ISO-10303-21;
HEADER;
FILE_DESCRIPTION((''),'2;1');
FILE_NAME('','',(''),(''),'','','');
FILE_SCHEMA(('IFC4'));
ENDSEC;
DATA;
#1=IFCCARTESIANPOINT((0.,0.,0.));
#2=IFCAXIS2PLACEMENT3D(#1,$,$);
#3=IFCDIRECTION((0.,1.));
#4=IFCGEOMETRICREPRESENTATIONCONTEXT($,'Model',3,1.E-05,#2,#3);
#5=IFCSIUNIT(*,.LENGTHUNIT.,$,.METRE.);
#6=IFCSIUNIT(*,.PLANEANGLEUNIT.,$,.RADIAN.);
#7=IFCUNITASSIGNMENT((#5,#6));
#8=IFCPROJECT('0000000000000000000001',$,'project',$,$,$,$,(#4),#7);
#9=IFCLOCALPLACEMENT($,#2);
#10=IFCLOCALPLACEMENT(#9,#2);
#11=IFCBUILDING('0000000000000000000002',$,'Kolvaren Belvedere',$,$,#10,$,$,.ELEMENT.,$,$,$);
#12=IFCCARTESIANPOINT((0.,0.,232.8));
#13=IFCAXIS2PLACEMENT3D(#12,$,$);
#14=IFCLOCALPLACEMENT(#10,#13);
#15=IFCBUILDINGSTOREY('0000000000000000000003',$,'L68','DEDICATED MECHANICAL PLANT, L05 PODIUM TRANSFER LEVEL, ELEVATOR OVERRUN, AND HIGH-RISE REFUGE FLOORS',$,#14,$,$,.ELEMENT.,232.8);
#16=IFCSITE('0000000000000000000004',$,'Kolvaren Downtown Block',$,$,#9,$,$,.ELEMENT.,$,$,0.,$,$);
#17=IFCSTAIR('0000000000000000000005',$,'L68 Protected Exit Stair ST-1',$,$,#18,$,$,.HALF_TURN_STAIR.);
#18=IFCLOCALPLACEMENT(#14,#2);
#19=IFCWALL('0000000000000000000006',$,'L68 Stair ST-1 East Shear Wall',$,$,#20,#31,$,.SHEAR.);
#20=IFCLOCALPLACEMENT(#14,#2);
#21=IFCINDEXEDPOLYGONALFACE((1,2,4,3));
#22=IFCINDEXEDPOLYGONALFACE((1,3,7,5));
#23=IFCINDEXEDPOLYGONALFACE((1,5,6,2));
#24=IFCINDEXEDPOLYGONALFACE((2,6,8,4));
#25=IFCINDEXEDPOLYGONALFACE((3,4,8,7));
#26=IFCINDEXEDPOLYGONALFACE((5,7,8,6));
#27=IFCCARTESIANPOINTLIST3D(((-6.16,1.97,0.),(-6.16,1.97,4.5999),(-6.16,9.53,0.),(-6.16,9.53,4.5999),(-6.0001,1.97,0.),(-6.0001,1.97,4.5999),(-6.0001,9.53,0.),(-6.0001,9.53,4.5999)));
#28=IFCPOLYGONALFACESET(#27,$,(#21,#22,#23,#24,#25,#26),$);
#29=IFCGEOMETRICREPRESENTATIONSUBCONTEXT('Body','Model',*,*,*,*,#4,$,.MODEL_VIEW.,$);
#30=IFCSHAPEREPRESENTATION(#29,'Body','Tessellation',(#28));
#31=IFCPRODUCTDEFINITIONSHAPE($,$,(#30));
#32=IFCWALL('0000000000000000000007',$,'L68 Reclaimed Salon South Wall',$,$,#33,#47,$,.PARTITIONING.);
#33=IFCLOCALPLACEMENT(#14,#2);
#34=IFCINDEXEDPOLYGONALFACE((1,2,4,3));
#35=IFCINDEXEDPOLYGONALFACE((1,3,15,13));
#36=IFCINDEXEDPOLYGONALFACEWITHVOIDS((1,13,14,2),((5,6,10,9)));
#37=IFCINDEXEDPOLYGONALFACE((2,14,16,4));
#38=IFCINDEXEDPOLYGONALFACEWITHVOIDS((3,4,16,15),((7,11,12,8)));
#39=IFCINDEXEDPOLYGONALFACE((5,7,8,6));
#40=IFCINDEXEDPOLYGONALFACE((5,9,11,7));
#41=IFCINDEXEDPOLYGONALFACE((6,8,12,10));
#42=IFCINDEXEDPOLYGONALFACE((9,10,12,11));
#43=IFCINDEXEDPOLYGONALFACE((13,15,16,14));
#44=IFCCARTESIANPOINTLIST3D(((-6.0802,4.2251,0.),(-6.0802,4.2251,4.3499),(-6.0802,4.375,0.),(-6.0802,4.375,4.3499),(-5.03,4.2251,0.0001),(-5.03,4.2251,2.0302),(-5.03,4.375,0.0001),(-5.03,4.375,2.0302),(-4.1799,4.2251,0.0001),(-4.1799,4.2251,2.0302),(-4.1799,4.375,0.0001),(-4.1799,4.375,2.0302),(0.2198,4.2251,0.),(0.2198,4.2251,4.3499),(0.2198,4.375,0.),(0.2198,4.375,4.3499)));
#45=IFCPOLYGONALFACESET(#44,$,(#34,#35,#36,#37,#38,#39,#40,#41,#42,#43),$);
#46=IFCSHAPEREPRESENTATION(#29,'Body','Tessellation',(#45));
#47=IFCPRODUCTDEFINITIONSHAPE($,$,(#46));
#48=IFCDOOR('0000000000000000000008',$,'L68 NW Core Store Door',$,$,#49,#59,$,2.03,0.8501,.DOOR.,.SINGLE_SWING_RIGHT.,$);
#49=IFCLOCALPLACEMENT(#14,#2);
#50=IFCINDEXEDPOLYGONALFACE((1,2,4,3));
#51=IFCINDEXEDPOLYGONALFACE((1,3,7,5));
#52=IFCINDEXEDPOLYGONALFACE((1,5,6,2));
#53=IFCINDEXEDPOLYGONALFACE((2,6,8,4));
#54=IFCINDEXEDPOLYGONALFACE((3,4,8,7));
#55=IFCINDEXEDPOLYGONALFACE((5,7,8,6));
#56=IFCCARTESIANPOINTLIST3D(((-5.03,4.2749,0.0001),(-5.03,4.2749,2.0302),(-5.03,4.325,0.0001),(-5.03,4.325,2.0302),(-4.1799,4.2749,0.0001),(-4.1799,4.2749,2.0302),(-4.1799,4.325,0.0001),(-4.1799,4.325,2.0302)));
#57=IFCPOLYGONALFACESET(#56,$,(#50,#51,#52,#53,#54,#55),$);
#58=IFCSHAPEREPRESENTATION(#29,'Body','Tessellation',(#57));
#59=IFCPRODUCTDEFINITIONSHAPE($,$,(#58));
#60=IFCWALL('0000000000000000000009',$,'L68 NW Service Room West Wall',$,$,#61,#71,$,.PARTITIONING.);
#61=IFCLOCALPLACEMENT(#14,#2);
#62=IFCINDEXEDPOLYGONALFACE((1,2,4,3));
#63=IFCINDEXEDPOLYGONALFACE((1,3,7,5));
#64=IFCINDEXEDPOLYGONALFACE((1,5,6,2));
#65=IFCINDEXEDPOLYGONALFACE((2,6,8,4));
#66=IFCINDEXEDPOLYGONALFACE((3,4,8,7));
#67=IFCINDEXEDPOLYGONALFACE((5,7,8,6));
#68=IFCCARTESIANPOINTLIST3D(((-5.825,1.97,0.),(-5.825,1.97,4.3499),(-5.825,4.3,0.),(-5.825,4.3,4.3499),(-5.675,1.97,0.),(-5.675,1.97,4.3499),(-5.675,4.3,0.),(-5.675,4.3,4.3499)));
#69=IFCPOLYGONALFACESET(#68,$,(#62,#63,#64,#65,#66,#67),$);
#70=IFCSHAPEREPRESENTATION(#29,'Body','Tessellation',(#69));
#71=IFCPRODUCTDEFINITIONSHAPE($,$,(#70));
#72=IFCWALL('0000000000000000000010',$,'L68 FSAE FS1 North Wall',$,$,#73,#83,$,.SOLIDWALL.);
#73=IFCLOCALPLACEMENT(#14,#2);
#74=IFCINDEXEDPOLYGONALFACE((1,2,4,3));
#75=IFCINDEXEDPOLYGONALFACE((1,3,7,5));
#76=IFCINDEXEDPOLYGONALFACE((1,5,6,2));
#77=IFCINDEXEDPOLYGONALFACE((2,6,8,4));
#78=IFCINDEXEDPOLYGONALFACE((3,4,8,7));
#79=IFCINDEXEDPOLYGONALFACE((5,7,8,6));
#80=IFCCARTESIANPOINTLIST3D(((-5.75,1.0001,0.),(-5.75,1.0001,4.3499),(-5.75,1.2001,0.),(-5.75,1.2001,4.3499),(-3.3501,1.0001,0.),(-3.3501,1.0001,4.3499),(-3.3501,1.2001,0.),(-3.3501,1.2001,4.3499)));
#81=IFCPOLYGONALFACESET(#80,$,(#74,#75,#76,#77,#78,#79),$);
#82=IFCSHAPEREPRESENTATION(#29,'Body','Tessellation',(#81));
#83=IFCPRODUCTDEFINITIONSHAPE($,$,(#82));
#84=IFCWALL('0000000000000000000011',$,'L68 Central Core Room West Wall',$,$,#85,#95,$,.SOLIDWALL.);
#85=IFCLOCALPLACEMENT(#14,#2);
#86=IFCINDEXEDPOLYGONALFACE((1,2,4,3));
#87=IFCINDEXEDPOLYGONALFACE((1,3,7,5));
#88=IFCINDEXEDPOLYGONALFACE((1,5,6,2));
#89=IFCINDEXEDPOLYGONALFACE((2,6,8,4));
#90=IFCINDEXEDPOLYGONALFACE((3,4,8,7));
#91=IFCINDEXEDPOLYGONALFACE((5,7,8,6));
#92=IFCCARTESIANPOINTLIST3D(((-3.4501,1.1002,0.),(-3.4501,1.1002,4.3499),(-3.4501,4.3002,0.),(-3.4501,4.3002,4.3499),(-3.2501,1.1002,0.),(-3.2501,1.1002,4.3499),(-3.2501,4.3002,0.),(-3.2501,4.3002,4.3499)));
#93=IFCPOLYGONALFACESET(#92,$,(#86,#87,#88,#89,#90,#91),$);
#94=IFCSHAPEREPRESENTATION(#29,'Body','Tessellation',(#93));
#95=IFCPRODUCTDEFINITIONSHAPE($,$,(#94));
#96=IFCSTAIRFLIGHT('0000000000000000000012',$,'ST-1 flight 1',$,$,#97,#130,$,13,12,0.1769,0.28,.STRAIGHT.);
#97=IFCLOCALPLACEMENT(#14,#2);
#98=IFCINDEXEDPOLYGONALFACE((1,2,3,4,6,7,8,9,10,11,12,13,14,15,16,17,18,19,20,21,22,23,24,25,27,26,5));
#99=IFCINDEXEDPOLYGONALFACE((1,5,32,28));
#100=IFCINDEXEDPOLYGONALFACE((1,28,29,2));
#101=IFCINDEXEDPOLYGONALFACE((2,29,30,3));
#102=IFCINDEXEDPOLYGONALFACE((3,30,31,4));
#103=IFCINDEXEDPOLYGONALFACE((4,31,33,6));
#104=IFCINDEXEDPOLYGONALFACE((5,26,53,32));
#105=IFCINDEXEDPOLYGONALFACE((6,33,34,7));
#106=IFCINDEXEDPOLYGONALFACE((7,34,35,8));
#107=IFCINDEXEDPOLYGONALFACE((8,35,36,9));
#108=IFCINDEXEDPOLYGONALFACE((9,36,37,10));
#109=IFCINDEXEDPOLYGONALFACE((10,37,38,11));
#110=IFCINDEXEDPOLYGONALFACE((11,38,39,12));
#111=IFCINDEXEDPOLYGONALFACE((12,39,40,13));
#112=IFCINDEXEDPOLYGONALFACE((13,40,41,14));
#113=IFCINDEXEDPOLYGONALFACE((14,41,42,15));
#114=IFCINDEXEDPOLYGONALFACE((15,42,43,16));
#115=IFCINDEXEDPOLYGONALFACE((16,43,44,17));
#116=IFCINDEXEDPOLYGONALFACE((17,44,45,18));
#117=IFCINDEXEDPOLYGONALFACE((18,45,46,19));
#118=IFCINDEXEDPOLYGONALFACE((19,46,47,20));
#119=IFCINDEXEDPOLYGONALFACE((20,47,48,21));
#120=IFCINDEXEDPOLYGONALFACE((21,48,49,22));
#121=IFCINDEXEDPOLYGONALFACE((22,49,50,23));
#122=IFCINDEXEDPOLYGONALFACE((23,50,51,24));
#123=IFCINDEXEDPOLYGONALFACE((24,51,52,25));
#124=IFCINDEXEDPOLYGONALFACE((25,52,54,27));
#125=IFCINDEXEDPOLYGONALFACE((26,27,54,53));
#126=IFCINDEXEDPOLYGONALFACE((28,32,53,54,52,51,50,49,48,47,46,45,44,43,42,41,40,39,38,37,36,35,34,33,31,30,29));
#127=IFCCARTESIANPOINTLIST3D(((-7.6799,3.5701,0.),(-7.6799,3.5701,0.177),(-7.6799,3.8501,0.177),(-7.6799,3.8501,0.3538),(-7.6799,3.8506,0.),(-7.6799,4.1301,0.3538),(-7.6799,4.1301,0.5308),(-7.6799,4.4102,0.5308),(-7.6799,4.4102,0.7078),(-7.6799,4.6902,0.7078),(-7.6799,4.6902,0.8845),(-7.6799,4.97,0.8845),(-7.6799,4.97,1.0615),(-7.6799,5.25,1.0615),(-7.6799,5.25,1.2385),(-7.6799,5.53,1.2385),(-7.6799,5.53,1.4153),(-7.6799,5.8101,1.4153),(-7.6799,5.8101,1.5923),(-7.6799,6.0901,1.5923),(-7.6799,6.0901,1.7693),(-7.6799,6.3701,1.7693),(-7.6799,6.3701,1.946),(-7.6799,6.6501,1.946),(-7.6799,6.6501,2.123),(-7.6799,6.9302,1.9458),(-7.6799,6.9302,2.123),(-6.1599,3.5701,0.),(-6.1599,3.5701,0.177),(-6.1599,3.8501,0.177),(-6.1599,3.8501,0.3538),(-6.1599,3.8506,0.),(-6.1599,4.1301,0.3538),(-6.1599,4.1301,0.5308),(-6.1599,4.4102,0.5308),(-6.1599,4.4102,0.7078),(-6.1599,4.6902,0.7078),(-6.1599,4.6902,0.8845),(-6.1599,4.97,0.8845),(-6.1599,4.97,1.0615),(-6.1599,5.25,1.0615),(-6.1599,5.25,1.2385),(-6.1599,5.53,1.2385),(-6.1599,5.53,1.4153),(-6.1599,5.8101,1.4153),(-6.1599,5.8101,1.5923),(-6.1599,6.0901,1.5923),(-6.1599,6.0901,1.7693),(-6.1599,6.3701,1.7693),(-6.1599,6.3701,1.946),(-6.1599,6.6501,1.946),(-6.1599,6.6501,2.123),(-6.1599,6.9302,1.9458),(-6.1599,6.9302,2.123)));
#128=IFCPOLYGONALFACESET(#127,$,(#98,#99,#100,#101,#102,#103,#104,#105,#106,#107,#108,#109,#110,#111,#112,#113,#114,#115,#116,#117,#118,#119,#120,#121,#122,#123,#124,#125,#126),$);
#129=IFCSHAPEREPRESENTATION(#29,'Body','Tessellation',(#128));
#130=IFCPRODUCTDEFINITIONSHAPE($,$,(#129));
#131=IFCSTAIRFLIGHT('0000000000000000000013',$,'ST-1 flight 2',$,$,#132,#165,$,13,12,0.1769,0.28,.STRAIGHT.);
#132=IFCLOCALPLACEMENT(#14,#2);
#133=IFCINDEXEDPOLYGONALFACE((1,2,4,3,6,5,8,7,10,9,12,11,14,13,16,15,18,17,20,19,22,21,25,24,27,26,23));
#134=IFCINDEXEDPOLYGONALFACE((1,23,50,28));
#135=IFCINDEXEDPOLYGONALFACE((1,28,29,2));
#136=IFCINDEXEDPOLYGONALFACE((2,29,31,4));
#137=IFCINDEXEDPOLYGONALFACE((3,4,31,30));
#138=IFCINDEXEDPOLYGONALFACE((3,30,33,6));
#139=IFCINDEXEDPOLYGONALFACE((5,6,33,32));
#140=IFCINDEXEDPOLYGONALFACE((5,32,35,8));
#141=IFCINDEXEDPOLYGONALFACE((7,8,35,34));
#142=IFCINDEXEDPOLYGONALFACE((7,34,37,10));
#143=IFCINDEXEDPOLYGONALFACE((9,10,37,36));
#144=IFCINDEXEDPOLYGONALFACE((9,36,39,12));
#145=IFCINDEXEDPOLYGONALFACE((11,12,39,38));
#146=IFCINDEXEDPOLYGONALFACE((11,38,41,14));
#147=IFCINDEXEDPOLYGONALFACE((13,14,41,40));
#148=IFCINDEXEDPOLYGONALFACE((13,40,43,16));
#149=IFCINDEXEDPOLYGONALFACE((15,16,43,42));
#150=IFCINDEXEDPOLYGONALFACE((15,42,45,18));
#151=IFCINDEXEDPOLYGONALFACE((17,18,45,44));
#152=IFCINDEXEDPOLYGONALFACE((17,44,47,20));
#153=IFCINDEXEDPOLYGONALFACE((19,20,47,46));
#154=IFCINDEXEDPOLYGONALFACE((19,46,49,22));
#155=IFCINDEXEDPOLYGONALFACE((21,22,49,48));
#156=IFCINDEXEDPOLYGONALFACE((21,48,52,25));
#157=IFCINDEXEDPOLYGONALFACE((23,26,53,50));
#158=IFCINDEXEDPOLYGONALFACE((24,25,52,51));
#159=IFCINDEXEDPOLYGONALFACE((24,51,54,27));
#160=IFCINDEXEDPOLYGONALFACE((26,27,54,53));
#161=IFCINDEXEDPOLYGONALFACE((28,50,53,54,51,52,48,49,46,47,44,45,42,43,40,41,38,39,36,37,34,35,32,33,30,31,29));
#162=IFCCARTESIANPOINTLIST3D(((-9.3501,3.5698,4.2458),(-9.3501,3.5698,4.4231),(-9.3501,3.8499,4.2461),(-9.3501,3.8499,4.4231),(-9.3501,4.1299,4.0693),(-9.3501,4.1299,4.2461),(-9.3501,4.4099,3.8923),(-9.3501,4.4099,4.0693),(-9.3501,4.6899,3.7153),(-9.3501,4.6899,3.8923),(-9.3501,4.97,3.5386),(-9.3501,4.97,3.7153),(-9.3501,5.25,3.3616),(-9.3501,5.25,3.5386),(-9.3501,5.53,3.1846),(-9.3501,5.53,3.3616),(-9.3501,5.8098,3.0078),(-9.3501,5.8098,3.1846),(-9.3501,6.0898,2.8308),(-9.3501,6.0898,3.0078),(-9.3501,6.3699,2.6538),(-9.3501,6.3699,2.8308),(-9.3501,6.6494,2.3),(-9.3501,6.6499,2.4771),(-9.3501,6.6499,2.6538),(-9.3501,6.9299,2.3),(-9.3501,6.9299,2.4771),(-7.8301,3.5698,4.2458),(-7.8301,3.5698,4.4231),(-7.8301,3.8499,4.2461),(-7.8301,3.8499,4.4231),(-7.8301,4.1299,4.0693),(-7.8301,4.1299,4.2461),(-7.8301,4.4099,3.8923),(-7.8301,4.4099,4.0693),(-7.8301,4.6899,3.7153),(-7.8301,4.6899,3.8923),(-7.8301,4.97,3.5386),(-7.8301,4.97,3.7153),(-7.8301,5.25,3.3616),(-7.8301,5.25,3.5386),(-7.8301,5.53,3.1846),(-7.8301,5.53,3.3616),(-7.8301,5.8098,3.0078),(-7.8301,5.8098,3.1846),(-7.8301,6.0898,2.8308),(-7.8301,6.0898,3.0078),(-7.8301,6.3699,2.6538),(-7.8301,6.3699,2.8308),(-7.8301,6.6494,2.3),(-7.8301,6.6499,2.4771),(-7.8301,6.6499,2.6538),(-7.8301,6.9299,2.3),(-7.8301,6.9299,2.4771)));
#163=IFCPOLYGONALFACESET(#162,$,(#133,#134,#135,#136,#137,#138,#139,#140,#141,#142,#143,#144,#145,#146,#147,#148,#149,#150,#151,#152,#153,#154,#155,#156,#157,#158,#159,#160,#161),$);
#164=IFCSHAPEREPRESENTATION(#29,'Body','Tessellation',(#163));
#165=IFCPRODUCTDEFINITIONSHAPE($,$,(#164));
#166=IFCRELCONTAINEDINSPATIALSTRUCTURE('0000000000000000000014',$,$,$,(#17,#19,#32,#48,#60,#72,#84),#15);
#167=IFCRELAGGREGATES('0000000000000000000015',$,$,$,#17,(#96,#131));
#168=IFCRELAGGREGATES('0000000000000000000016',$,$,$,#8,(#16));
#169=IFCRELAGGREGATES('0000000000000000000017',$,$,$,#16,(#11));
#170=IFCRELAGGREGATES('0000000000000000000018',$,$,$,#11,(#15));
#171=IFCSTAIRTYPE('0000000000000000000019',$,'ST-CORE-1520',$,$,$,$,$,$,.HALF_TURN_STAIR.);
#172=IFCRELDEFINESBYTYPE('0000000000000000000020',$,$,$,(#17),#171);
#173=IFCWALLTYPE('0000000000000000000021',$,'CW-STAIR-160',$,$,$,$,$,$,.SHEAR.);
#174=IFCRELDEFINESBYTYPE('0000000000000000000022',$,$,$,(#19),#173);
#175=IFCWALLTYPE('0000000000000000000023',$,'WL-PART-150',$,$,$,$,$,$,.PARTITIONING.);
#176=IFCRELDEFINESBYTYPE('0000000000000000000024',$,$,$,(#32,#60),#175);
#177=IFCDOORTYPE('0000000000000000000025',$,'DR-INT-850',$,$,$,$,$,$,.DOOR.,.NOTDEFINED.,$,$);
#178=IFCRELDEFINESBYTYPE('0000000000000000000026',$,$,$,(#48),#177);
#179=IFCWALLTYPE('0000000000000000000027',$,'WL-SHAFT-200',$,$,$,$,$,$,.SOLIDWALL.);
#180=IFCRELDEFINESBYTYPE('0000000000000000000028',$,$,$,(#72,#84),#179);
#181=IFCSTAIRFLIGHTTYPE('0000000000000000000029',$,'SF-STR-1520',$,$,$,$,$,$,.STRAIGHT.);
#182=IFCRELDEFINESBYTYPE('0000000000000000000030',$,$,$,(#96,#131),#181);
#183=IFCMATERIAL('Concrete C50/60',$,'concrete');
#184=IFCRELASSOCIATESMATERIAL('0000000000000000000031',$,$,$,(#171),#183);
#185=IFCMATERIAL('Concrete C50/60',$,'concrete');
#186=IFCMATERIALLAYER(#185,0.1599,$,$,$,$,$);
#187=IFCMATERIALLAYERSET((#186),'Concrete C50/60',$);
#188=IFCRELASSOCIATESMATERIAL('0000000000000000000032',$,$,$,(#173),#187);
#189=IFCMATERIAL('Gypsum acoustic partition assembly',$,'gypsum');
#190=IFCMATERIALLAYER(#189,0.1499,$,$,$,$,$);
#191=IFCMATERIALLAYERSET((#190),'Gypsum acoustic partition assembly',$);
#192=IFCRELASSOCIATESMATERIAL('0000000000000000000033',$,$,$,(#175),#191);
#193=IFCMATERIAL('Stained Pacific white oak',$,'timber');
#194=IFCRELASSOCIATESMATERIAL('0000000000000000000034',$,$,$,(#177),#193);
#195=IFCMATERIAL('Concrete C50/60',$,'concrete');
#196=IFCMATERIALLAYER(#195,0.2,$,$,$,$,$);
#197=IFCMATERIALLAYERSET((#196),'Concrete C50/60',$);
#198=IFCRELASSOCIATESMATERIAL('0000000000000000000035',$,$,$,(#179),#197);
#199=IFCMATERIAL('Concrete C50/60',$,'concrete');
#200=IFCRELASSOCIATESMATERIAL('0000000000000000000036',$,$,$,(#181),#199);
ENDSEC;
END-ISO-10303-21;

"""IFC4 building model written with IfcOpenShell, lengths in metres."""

from ifc_helpers import new_model, si_unit, direction, frame, frame_2d, origin, place, context, subcontext, project, spatial, polyline, rectangle, outline, extrude, material, layer, layer_set, type_object, element, fill, aggregate, save


model = new_model("IFC4")

# Units and contexts
model_context = context("Model", 3, precision=1e-05, world=origin(), true_north=direction((0.0, 1.0)))
body_context = subcontext(model_context, "Body", "Model", "MODEL_VIEW")
ifc_project = project(units=[si_unit("LENGTHUNIT", "METRE"), si_unit("PLANEANGLEUNIT", "RADIAN")], contexts=[model_context])

# Site, building, storey
site_placement = place(None, origin())
site = spatial("IfcSite", under=ifc_project, at=site_placement, Name="Kolvaren Downtown Block", CompositionType="ELEMENT", RefElevation=0.0)
building_placement = place(site_placement, origin())
building = spatial("IfcBuilding", under=site, at=building_placement, Name="Kolvaren Belvedere", CompositionType="ELEMENT")
storey_placement = place(building_placement, frame((0.0, 0.0, 232.8)))
storey = spatial("IfcBuildingStorey", under=building, at=storey_placement, Name="L68", Description="DEDICATED MECHANICAL PLANT, L05 PODIUM TRANSFER LEVEL, ELEVATOR OVERRUN, AND HIGH-RISE REFUGE FLOORS", CompositionType="ELEMENT", Elevation=232.8)

# Stair
ifc_material_1 = material(Name="Concrete C50/60", Category="concrete")
stair_type = type_object("IfcStairType", Name="ST-CORE-1520", PredefinedType="HALF_TURN_STAIR", material=ifc_material_1)
stair_placement = place(storey_placement, origin())
stair = element("IfcStair", 1, at=stair_placement, inside=storey, type_object=stair_type, Name="L68 Protected Exit Stair ST-1", PredefinedType="HALF_TURN_STAIR")

# Shared definitions
ifc_material_2 = material(Name="Concrete C50/60", Category="concrete")
ifc_layer_1 = layer(ifc_material_2, 0.1599)
ifc_layer_set_1 = layer_set([ifc_layer_1], Name="Concrete C50/60")
wall_type_1 = type_object("IfcWallType", Name="CW-STAIR-160", PredefinedType="SHEAR", material=ifc_layer_set_1)

# Wall
for number, where, z_axis, x_axis, name in (
    (2, (-6.0801, 1.97, 0.0), (0.0, 0.0, 1.0), (0.0, 1.0, 0.0), "L68 Stair ST-1 East Shear Wall"),
):
    element("IfcWall", number, at=place(storey_placement, frame(where, z_axis=z_axis, x_axis=x_axis)), inside=storey, type_object=wall_type_1, Name=name, PredefinedType="SHEAR", context=body_context, shape_type="SweptSolid", body=[
        extrude(rectangle(XDim=7.5601, YDim=0.1599, at=frame_2d((3.78, 0.0))), origin(), (0.0, 0.0, 1.0), 4.5999),
    ])

# Wall, opening, door
ifc_material_3 = material(Name="Gypsum acoustic partition assembly", Category="gypsum")
ifc_layer_2 = layer(ifc_material_3, 0.1499)
ifc_layer_set_2 = layer_set([ifc_layer_2], Name="Gypsum acoustic partition assembly")
wall_type_2 = type_object("IfcWallType", Name="WL-PART-150", PredefinedType="PARTITIONING", material=ifc_layer_set_2)
wall_1_placement = place(storey_placement, frame((-6.0801, 4.3, 0.0), z_axis=(0.0, 0.0, 1.0), x_axis=(1.0, 0.0, 0.0)))
wall_1 = element("IfcWall", 3, at=wall_1_placement, inside=storey, type_object=wall_type_2, Name="L68 Reclaimed Salon South Wall", PredefinedType="PARTITIONING", context=body_context, shape_type="SweptSolid", body=[
    extrude(rectangle(XDim=6.3, YDim=0.1499, at=frame_2d((3.1499, 0.0))), origin(), (0.0, 0.0, 1.0), 4.3499),
])
opening_1_placement = place(wall_1_placement, frame((1.05, 0.0, 0.0)))
opening_1 = element("IfcOpeningElement", 4, at=opening_1_placement, cuts=wall_1, PredefinedType="OPENING", context=body_context, shape_type="SweptSolid", body=[
    extrude(rectangle(XDim=0.8501, YDim=2.03, at=frame_2d((0.425, 1.0151))), frame((0.0, 0.085, 0.0), z_axis=(0.0, -1.0, 0.0), x_axis=(1.0, 0.0, 0.0)), (0.0, 0.0, 1.0), 0.1699),
])
ifc_material_4 = material(Name="Stained Pacific white oak", Category="timber")
door_type_1 = type_object("IfcDoorType", Name="DR-INT-850", OperationType="NOTDEFINED", PredefinedType="DOOR", material=ifc_material_4)
door_1_placement = place(opening_1_placement, origin())
door_1 = element("IfcDoor", 5, at=door_1_placement, inside=storey, type_object=door_type_1, Name="L68 NW Core Store Door", OperationType="SINGLE_SWING_RIGHT", OverallHeight=2.03, OverallWidth=0.8501, PredefinedType="DOOR", context=body_context, shape_type="SweptSolid", body=[
    extrude(rectangle(XDim=0.8501, YDim=2.03, at=frame_2d((0.425, 1.0151))), frame((0.0, 0.0249, 0.0), z_axis=(0.0, -1.0, 0.0), x_axis=(1.0, 0.0, 0.0)), (0.0, 0.0, 1.0), 0.05),
])
fill(opening_1, door_1)

# Walls
wall_2_placement = place(storey_placement, frame((-5.75, 1.97, 0.0), z_axis=(0.0, 0.0, 1.0), x_axis=(0.0, 1.0, 0.0)))
element("IfcWall", 6, at=wall_2_placement, inside=storey, type_object=wall_type_2, Name="L68 NW Service Room West Wall", PredefinedType="PARTITIONING", context=body_context, shape_type="SweptSolid", body=[
    extrude(rectangle(XDim=2.3301, YDim=0.1499, at=frame_2d((1.165, 0.0))), origin(), (0.0, 0.0, 1.0), 4.3499),
])
ifc_material_5 = material(Name="Concrete C50/60", Category="concrete")
ifc_layer_3 = layer(ifc_material_5, 0.2)
ifc_layer_set_3 = layer_set([ifc_layer_3], Name="Concrete C50/60")
wall_type_3 = type_object("IfcWallType", Name="WL-SHAFT-200", PredefinedType="SOLIDWALL", material=ifc_layer_set_3)
wall_3_placement = place(storey_placement, frame((-5.75, 1.1001, 0.0), z_axis=(0.0, 0.0, 1.0), x_axis=(1.0, 0.0, 0.0)))
element("IfcWall", 7, at=wall_3_placement, inside=storey, type_object=wall_type_3, Name="L68 FSAE FS1 North Wall", PredefinedType="SOLIDWALL", context=body_context, shape_type="SweptSolid", body=[
    extrude(rectangle(XDim=2.3999, YDim=0.2, at=frame_2d((1.2, 0.0))), origin(), (0.0, 0.0, 1.0), 4.3499),
])
wall_4_placement = place(storey_placement, frame((-3.3501, 1.1001, 0.0), z_axis=(0.0, 0.0, 1.0), x_axis=(0.0, 1.0, 0.0)))
element("IfcWall", 8, at=wall_4_placement, inside=storey, type_object=wall_type_3, Name="L68 Central Core Room West Wall", PredefinedType="SOLIDWALL", context=body_context, shape_type="SweptSolid", body=[
    extrude(rectangle(XDim=3.2, YDim=0.2, at=frame_2d((1.6001, 0.0))), origin(), (0.0, 0.0, 1.0), 4.3499),
])

# Stair flights
ifc_material_6 = material(Name="Concrete C50/60", Category="concrete")
stair_flight_type = type_object("IfcStairFlightType", Name="SF-STR-1520", PredefinedType="STRAIGHT", material=ifc_material_6)
stair_flight_1_placement = place(storey_placement, frame((-6.9199, 3.5701, 0.0), z_axis=(0.0, 0.0, 1.0), x_axis=(0.0, 1.0, 0.0)))
stair_flight_1 = element("IfcStairFlight", 9, at=stair_flight_1_placement, type_object=stair_flight_type, Name="ST-1 flight 1", NumberOfRisers=13, NumberOfTreads=12, PredefinedType="STRAIGHT", RiserHeight=0.1769, TreadLength=0.28, context=body_context, shape_type="SweptSolid", body=[
    extrude(outline(polyline([(0.0, 0.0), (0.0, 0.177), (0.28, 0.177), (0.28, 0.3538), (0.5601, 0.3538), (0.5601, 0.5308), (0.8401, 0.5308), (0.8401, 0.7078), (1.1201, 0.7078), (1.1201, 0.8845), (1.3999, 0.8845), (1.3999, 1.0615), (1.6799, 1.0615), (1.6799, 1.2385), (1.96, 1.2385), (1.96, 1.4153), (2.24, 1.4153), (2.24, 1.5923), (2.52, 1.5923), (2.52, 1.7693), (2.8, 1.7693), (2.8, 1.946), (3.0801, 1.946), (3.0801, 2.123), (3.3601, 2.123), (3.3601, 2.3), (3.3601, 1.9458), (0.2805, 0.0), (0.0, 0.0)])), frame((0.0, 0.76, 0.0), z_axis=(0.0, -1.0, 0.0), x_axis=(1.0, 0.0, 0.0)), (0.0, 0.0, 1.0), 1.52),
])
stair_flight_2_placement = place(storey_placement, frame((-8.5901, 6.9299, 2.3), z_axis=(0.0, 0.0, 1.0), x_axis=(0.0, -1.0, 0.0)))
stair_flight_2 = element("IfcStairFlight", 10, at=stair_flight_2_placement, type_object=stair_flight_type, Name="ST-1 flight 2", NumberOfRisers=13, NumberOfTreads=12, PredefinedType="STRAIGHT", RiserHeight=0.1769, TreadLength=0.28, context=body_context, shape_type="SweptSolid", body=[
    extrude(outline(polyline([(0.0, 0.0), (0.0, 0.177), (0.28, 0.177), (0.28, 0.3538), (0.5601, 0.3538), (0.5601, 0.5308), (0.8401, 0.5308), (0.8401, 0.7078), (1.1201, 0.7078), (1.1201, 0.8845), (1.3999, 0.8845), (1.3999, 1.0615), (1.6799, 1.0615), (1.6799, 1.2385), (1.96, 1.2385), (1.96, 1.4153), (2.24, 1.4153), (2.24, 1.5923), (2.52, 1.5923), (2.52, 1.7693), (2.8, 1.7693), (2.8, 1.946), (3.0801, 1.946), (3.0801, 2.123), (3.3601, 2.123), (3.3601, 2.3), (3.3601, 1.9458), (0.2805, 0.0), (0.0, 0.0)])), frame((0.0, 0.76, 0.0), z_axis=(0.0, -1.0, 0.0), x_axis=(1.0, 0.0, 0.0)), (0.0, 0.0, 1.0), 1.52),
])
aggregate(stair, [stair_flight_1, stair_flight_2])

save(model, "model.ifc")
